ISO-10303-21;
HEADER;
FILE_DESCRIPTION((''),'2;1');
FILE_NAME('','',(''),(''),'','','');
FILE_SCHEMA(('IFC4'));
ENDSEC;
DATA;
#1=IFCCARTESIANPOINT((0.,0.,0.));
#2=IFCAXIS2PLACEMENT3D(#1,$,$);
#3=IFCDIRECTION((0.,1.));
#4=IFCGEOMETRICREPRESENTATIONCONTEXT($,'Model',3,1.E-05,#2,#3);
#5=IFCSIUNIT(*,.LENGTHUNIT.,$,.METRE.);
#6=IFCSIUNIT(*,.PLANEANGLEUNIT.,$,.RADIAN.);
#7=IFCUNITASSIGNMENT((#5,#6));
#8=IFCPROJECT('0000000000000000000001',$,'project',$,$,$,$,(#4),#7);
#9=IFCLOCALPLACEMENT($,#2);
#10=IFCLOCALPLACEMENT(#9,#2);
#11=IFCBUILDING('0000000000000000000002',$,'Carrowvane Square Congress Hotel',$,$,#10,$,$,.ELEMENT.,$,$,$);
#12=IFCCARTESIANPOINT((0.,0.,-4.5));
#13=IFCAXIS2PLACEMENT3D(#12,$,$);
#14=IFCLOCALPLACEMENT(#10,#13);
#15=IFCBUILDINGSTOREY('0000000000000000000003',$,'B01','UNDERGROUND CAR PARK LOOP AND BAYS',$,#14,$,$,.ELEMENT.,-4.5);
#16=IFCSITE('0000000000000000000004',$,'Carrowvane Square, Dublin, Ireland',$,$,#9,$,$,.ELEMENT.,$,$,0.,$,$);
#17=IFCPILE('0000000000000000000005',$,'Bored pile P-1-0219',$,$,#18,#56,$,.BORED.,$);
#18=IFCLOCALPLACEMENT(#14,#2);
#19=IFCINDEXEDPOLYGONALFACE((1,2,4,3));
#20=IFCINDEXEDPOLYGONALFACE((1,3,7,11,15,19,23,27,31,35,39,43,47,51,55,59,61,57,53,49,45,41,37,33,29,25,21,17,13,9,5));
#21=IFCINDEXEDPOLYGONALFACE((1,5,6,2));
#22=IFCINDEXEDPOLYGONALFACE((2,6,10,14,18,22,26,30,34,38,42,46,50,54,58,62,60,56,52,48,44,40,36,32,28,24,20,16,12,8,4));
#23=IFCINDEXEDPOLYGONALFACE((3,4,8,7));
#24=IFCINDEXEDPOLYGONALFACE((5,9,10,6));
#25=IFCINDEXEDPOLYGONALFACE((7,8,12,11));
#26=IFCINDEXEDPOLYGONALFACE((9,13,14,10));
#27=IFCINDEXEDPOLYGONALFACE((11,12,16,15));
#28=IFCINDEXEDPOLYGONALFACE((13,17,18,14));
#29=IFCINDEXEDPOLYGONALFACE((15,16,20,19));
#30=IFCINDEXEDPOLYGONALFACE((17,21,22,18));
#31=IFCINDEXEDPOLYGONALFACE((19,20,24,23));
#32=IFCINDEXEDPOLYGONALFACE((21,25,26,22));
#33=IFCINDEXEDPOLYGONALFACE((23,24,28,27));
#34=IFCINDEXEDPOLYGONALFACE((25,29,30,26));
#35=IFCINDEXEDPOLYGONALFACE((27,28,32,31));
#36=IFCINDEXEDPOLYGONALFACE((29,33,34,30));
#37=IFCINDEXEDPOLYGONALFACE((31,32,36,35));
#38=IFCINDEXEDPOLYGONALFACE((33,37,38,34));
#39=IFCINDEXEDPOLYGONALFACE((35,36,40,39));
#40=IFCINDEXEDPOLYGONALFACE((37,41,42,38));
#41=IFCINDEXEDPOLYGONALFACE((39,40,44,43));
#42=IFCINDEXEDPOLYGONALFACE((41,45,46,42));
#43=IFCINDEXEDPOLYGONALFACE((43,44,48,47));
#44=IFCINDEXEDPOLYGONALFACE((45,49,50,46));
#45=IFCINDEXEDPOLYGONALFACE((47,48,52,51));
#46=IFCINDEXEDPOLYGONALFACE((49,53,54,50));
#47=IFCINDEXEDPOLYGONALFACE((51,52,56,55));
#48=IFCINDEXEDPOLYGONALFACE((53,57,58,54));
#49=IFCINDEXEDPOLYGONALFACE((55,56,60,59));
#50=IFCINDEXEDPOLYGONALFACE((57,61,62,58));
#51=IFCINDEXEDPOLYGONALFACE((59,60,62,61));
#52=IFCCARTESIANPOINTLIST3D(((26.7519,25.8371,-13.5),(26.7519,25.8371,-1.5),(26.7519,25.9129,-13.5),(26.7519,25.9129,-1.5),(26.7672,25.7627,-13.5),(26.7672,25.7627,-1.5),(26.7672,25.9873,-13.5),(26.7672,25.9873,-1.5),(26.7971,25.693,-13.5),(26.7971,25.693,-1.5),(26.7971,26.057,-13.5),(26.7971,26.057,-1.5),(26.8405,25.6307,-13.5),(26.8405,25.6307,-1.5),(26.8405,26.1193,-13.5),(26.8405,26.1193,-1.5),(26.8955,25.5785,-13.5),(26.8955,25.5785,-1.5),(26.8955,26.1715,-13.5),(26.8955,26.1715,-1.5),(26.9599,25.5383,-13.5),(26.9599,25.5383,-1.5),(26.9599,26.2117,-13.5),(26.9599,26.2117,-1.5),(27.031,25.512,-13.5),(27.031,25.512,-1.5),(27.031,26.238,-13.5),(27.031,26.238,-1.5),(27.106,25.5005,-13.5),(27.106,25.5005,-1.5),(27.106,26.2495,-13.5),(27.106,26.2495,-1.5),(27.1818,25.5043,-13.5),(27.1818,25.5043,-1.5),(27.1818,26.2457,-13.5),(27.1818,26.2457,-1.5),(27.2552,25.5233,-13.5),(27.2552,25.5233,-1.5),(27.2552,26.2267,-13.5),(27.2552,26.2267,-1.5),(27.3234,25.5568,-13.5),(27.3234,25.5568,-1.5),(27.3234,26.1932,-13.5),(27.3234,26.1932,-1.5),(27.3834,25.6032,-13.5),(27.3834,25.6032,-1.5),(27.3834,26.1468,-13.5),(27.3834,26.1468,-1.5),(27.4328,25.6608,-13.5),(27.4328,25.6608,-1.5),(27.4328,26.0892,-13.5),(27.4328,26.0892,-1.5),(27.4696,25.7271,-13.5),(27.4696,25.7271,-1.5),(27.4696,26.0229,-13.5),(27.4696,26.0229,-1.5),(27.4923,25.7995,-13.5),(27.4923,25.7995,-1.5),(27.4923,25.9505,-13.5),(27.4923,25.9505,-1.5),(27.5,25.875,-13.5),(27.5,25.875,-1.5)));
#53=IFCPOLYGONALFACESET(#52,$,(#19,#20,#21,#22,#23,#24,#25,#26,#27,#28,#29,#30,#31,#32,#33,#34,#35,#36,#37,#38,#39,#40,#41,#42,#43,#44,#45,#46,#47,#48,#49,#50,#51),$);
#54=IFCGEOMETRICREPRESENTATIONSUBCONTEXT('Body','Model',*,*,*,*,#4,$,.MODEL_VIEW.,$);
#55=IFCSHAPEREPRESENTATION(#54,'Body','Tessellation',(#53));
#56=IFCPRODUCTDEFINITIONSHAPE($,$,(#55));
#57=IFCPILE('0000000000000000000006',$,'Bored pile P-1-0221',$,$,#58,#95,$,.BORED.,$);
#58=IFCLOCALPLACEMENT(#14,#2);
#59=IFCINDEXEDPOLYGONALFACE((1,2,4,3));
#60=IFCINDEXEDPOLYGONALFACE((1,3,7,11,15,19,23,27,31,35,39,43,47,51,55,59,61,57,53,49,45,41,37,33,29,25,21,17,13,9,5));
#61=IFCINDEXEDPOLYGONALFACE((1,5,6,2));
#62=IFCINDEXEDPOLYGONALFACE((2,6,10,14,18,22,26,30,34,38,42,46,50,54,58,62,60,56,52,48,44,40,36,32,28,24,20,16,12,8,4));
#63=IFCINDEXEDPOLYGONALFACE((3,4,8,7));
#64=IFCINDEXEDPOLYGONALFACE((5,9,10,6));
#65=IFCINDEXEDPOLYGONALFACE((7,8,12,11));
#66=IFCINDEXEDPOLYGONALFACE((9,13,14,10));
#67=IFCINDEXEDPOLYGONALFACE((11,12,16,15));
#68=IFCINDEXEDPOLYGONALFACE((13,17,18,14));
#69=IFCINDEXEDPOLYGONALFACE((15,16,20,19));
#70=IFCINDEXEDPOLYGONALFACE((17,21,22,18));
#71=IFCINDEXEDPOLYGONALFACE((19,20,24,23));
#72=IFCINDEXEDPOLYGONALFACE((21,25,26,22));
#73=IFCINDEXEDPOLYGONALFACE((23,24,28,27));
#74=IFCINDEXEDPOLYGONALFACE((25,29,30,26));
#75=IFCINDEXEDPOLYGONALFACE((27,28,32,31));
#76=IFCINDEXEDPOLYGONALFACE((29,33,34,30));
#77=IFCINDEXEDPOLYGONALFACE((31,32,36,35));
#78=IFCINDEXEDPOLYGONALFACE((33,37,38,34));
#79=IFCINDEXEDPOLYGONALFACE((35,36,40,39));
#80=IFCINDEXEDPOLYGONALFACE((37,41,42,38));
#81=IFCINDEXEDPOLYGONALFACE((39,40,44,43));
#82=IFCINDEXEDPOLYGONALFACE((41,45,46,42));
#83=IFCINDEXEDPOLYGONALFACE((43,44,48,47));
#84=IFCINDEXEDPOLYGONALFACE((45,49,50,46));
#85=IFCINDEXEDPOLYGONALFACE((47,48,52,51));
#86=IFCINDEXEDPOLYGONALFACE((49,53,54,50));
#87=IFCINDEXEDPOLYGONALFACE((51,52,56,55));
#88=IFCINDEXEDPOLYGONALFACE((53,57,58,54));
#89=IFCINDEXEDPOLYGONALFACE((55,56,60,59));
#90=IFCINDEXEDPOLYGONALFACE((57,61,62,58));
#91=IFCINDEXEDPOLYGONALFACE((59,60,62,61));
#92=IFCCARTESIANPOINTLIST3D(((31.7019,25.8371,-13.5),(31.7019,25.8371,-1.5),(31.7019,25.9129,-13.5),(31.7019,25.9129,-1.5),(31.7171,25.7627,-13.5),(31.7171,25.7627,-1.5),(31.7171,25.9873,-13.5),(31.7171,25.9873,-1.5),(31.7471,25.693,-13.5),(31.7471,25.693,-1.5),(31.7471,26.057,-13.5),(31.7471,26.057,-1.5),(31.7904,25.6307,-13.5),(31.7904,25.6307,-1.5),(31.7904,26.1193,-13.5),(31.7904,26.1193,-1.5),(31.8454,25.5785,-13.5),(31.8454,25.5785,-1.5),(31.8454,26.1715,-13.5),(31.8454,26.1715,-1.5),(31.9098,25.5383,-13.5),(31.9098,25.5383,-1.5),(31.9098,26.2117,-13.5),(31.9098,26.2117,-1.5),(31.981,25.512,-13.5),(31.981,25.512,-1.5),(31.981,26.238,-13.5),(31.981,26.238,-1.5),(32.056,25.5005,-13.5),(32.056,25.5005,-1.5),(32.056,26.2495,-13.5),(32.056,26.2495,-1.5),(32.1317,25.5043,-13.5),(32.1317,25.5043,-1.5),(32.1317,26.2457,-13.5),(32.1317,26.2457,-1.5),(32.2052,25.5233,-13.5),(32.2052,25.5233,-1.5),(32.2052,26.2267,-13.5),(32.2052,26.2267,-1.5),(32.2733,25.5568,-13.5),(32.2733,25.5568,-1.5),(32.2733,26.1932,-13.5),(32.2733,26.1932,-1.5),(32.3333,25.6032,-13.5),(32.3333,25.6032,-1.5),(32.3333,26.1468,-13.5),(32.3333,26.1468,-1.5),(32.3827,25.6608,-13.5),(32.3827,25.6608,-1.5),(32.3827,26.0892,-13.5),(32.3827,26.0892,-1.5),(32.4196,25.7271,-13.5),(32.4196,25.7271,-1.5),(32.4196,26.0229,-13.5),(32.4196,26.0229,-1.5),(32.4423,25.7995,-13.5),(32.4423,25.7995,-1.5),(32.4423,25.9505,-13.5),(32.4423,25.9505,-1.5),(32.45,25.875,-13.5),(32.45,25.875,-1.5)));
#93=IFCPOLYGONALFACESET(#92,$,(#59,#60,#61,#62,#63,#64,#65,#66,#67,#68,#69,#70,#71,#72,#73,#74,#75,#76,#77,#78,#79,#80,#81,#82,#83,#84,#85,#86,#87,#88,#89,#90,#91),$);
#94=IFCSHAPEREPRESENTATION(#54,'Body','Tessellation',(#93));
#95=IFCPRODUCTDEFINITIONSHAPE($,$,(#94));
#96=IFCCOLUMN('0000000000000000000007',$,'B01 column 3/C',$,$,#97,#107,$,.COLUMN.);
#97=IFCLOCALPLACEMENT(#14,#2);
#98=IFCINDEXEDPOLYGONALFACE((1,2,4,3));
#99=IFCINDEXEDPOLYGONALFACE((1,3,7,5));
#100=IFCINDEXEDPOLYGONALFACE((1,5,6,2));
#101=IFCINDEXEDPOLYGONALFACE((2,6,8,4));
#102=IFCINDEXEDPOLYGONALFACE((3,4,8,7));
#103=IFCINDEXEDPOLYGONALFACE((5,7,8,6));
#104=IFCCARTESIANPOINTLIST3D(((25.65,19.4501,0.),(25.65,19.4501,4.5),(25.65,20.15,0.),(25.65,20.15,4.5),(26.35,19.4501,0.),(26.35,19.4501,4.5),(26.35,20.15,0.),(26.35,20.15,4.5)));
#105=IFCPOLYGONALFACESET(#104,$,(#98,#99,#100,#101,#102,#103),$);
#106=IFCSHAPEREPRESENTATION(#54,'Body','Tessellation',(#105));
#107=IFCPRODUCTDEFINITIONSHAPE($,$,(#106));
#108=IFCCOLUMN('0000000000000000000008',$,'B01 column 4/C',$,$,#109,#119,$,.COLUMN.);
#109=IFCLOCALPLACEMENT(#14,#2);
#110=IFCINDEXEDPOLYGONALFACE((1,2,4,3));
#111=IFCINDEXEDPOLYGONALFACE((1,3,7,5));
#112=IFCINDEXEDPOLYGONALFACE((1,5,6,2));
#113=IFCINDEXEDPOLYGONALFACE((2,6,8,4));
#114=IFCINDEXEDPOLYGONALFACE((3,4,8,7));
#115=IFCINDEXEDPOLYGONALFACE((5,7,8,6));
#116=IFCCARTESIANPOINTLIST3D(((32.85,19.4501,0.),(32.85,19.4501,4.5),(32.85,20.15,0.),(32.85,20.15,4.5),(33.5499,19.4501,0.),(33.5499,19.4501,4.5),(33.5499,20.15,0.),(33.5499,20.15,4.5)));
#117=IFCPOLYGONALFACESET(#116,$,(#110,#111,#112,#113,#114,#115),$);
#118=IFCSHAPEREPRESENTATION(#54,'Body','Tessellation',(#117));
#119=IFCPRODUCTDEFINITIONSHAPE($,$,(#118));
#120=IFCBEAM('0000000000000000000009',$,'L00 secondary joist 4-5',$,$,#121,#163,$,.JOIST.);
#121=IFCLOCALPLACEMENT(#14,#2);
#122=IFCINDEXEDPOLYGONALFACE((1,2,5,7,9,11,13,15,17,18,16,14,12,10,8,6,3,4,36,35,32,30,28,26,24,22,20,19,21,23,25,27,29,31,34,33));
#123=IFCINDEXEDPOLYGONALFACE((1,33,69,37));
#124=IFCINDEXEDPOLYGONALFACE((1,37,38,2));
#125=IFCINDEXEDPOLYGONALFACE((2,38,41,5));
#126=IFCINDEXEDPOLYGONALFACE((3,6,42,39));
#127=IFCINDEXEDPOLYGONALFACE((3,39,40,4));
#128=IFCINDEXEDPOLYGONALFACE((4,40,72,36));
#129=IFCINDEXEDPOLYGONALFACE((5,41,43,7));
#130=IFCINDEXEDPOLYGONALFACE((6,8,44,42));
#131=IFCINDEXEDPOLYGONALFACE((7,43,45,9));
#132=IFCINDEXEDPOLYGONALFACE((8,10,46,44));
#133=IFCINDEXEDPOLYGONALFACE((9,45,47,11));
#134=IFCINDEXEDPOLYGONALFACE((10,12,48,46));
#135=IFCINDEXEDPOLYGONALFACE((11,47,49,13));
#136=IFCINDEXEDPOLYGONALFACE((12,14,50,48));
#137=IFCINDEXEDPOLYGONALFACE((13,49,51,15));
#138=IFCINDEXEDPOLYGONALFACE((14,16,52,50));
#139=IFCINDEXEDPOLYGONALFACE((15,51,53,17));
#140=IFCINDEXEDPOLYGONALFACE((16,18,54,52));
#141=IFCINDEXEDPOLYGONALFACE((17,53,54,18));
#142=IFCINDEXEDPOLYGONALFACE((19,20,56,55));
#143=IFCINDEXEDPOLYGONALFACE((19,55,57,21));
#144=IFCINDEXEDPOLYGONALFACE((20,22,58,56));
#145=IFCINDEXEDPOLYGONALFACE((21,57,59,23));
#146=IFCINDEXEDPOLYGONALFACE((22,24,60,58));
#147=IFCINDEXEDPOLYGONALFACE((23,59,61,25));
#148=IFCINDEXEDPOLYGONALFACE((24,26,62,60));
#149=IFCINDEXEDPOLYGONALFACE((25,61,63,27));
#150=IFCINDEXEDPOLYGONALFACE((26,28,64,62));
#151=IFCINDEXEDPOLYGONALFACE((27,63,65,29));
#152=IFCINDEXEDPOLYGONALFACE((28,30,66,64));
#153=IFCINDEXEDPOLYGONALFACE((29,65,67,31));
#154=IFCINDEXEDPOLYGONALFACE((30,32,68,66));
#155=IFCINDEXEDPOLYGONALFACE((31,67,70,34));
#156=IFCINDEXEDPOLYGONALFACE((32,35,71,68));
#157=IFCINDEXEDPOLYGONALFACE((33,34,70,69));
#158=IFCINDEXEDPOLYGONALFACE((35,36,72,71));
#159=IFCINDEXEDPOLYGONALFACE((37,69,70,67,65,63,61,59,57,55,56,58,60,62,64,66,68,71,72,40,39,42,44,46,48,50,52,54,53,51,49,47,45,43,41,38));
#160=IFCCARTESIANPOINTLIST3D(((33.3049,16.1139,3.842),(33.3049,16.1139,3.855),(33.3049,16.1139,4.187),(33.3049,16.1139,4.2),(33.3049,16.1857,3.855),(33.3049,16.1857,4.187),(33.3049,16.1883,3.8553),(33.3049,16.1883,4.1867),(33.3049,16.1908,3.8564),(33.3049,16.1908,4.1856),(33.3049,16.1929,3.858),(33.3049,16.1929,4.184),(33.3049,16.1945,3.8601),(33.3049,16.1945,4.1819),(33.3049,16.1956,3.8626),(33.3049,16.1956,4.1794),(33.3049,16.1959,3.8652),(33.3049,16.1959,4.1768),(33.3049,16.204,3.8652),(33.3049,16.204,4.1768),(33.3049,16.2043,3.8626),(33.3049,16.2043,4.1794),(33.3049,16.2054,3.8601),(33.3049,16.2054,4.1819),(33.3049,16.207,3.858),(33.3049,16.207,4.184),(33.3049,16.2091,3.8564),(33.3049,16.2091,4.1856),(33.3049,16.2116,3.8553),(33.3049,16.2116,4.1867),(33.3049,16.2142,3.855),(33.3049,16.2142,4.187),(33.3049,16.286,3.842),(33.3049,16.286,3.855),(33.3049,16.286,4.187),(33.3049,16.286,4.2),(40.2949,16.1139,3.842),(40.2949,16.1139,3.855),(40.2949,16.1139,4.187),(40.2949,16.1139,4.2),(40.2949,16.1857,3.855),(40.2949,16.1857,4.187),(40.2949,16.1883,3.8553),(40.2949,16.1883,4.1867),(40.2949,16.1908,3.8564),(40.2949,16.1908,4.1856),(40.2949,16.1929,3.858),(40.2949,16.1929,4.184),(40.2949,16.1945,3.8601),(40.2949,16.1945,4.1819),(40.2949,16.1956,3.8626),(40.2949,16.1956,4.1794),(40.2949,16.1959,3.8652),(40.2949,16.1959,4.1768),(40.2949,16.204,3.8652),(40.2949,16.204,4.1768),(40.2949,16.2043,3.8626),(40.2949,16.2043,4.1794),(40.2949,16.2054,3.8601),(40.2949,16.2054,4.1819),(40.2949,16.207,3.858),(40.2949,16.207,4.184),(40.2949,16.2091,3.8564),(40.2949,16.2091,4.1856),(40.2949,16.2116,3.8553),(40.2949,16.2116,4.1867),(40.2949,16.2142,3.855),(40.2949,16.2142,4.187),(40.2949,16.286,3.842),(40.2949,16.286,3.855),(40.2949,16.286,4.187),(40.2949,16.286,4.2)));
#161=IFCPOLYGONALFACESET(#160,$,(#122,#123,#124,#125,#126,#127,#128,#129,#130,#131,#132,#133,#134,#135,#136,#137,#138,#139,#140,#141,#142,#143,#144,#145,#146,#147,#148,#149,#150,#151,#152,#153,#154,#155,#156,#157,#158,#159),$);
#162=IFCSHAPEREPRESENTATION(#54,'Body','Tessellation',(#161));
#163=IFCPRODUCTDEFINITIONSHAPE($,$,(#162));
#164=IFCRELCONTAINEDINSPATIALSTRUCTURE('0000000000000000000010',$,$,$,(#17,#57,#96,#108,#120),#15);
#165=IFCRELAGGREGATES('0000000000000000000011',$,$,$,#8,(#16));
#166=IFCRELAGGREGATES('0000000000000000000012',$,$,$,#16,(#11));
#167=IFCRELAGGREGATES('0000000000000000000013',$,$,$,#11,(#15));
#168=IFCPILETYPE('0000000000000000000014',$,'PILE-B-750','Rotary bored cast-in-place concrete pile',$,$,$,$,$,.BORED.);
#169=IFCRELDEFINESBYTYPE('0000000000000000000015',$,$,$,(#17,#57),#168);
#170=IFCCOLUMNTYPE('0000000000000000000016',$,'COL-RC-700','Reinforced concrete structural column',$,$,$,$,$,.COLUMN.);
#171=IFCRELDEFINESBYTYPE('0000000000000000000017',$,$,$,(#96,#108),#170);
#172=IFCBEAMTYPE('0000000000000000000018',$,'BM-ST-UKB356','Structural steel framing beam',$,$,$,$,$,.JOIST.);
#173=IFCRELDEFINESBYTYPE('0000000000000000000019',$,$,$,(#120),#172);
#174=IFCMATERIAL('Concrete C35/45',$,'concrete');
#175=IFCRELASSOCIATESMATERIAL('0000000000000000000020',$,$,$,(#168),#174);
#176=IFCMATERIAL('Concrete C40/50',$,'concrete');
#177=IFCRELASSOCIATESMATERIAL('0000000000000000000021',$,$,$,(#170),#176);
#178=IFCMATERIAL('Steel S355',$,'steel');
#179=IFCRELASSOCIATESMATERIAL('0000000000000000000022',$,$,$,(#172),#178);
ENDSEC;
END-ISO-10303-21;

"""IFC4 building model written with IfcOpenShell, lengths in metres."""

from ifc_helpers import new_model, si_unit, direction, frame, origin, origin_2d, place, context, subcontext, project, spatial, rectangle, circle, i_section, extrude, material, material_profile, profile_set, type_object, element, save


model = new_model("IFC4")

# Units and contexts
model_context = context("Model", 3, precision=1e-05, world=origin(), true_north=direction((0.0, 1.0)))
body_context = subcontext(model_context, "Body", "Model", "MODEL_VIEW")
ifc_project = project(units=[si_unit("LENGTHUNIT", "METRE"), si_unit("PLANEANGLEUNIT", "RADIAN")], contexts=[model_context])

# Site, building, storey
site_placement = place(None, origin())
site = spatial("IfcSite", under=ifc_project, at=site_placement, Name="Carrowvane Square, Dublin, Ireland", CompositionType="ELEMENT", RefElevation=0.0)
building_placement = place(site_placement, origin())
building = spatial("IfcBuilding", under=site, at=building_placement, Name="Carrowvane Square Congress Hotel", CompositionType="ELEMENT")
storey_placement = place(building_placement, frame((0.0, 0.0, -4.5)))
storey = spatial("IfcBuildingStorey", under=building, at=storey_placement, Name="B01", Description="UNDERGROUND CAR PARK LOOP AND BAYS", CompositionType="ELEMENT", Elevation=-4.5)

# Piles
ifc_material_1 = material(Name="Concrete C35/45", Category="concrete")
ifc_material_profile_1 = material_profile(ifc_material_1, circle(Radius=0.375, at=origin_2d()), Name="PILE D750")
ifc_profile_set_1 = profile_set([ifc_material_profile_1], Name="Concrete C35/45")
pile_type = type_object("IfcPileType", Name="PILE-B-750", Description="Rotary bored cast-in-place concrete pile", PredefinedType="BORED", material=ifc_profile_set_1)
for number, where, z_axis, x_axis, name in (
    (1, (27.125, 25.875, -1.5), (0.0, 0.0, -1.0), (1.0, 0.0, 0.0), "Bored pile P-1-0219"),
    (2, (32.075, 25.875, -1.5), (0.0, 0.0, -1.0), (1.0, 0.0, 0.0), "Bored pile P-1-0221"),
):
    element("IfcPile", number, at=place(storey_placement, frame(where, z_axis=z_axis, x_axis=x_axis)), inside=storey, type_object=pile_type, Name=name, PredefinedType="BORED", context=body_context, shape_type="SweptSolid", body=[
        extrude(circle(Radius=0.375, at=origin_2d()), origin(), (0.0, 0.0, 1.0), 12.0),
    ])

# Columns
ifc_material_2 = material(Name="Concrete C40/50", Category="concrete")
ifc_material_profile_2 = material_profile(ifc_material_2, rectangle(XDim=0.7, YDim=0.7, at=origin_2d()), Name="RC 700x700")
ifc_profile_set_2 = profile_set([ifc_material_profile_2], Name="Concrete C40/50")
column_type = type_object("IfcColumnType", Name="COL-RC-700", Description="Reinforced concrete structural column", PredefinedType="COLUMN", material=ifc_profile_set_2)
for number, where, z_axis, x_axis, name in (
    (3, (26.0, 19.8, 0.0), (0.0, 0.0, 1.0), (1.0, 0.0, 0.0), "B01 column 3/C"),
    (4, (33.2, 19.8, 0.0), (0.0, 0.0, 1.0), (1.0, 0.0, 0.0), "B01 column 4/C"),
):
    element("IfcColumn", number, at=place(storey_placement, frame(where, z_axis=z_axis, x_axis=x_axis)), inside=storey, type_object=column_type, Name=name, PredefinedType="COLUMN", context=body_context, shape_type="SweptSolid", body=[
        extrude(rectangle(XDim=0.7, YDim=0.7, at=origin_2d()), origin(), (0.0, 0.0, 1.0), 4.5),
    ])

# Beam
ifc_material_3 = material(Name="Steel S355", Category="steel")
ifc_material_profile_3 = material_profile(ifc_material_3, i_section(OverallWidth=0.1721, OverallDepth=0.3579, WebThickness=0.0081, FlangeThickness=0.0129, FilletRadius=0.0103, at=origin_2d()), Name="UKB 356x171x57")
ifc_profile_set_3 = profile_set([ifc_material_profile_3], Name="Steel S355")
beam_type_1 = type_object("IfcBeamType", Name="BM-ST-UKB356", Description="Structural steel framing beam", PredefinedType="JOIST", material=ifc_profile_set_3)
beam_placement = place(storey_placement, frame((33.3049, 16.2, 4.021), z_axis=(1.0, 0.0, 0.0), x_axis=(0.0, 1.0, 0.0)))
element("IfcBeam", 5, at=beam_placement, inside=storey, type_object=beam_type_1, Name="L00 secondary joist 4-5", PredefinedType="JOIST", context=body_context, shape_type="SweptSolid", body=[
    extrude(i_section(OverallWidth=0.1721, OverallDepth=0.3579, WebThickness=0.0081, FlangeThickness=0.0129, FilletRadius=0.0103, at=origin_2d()), origin(), (0.0, 0.0, 1.0), 6.99),
])

save(model, "model.ifc")
